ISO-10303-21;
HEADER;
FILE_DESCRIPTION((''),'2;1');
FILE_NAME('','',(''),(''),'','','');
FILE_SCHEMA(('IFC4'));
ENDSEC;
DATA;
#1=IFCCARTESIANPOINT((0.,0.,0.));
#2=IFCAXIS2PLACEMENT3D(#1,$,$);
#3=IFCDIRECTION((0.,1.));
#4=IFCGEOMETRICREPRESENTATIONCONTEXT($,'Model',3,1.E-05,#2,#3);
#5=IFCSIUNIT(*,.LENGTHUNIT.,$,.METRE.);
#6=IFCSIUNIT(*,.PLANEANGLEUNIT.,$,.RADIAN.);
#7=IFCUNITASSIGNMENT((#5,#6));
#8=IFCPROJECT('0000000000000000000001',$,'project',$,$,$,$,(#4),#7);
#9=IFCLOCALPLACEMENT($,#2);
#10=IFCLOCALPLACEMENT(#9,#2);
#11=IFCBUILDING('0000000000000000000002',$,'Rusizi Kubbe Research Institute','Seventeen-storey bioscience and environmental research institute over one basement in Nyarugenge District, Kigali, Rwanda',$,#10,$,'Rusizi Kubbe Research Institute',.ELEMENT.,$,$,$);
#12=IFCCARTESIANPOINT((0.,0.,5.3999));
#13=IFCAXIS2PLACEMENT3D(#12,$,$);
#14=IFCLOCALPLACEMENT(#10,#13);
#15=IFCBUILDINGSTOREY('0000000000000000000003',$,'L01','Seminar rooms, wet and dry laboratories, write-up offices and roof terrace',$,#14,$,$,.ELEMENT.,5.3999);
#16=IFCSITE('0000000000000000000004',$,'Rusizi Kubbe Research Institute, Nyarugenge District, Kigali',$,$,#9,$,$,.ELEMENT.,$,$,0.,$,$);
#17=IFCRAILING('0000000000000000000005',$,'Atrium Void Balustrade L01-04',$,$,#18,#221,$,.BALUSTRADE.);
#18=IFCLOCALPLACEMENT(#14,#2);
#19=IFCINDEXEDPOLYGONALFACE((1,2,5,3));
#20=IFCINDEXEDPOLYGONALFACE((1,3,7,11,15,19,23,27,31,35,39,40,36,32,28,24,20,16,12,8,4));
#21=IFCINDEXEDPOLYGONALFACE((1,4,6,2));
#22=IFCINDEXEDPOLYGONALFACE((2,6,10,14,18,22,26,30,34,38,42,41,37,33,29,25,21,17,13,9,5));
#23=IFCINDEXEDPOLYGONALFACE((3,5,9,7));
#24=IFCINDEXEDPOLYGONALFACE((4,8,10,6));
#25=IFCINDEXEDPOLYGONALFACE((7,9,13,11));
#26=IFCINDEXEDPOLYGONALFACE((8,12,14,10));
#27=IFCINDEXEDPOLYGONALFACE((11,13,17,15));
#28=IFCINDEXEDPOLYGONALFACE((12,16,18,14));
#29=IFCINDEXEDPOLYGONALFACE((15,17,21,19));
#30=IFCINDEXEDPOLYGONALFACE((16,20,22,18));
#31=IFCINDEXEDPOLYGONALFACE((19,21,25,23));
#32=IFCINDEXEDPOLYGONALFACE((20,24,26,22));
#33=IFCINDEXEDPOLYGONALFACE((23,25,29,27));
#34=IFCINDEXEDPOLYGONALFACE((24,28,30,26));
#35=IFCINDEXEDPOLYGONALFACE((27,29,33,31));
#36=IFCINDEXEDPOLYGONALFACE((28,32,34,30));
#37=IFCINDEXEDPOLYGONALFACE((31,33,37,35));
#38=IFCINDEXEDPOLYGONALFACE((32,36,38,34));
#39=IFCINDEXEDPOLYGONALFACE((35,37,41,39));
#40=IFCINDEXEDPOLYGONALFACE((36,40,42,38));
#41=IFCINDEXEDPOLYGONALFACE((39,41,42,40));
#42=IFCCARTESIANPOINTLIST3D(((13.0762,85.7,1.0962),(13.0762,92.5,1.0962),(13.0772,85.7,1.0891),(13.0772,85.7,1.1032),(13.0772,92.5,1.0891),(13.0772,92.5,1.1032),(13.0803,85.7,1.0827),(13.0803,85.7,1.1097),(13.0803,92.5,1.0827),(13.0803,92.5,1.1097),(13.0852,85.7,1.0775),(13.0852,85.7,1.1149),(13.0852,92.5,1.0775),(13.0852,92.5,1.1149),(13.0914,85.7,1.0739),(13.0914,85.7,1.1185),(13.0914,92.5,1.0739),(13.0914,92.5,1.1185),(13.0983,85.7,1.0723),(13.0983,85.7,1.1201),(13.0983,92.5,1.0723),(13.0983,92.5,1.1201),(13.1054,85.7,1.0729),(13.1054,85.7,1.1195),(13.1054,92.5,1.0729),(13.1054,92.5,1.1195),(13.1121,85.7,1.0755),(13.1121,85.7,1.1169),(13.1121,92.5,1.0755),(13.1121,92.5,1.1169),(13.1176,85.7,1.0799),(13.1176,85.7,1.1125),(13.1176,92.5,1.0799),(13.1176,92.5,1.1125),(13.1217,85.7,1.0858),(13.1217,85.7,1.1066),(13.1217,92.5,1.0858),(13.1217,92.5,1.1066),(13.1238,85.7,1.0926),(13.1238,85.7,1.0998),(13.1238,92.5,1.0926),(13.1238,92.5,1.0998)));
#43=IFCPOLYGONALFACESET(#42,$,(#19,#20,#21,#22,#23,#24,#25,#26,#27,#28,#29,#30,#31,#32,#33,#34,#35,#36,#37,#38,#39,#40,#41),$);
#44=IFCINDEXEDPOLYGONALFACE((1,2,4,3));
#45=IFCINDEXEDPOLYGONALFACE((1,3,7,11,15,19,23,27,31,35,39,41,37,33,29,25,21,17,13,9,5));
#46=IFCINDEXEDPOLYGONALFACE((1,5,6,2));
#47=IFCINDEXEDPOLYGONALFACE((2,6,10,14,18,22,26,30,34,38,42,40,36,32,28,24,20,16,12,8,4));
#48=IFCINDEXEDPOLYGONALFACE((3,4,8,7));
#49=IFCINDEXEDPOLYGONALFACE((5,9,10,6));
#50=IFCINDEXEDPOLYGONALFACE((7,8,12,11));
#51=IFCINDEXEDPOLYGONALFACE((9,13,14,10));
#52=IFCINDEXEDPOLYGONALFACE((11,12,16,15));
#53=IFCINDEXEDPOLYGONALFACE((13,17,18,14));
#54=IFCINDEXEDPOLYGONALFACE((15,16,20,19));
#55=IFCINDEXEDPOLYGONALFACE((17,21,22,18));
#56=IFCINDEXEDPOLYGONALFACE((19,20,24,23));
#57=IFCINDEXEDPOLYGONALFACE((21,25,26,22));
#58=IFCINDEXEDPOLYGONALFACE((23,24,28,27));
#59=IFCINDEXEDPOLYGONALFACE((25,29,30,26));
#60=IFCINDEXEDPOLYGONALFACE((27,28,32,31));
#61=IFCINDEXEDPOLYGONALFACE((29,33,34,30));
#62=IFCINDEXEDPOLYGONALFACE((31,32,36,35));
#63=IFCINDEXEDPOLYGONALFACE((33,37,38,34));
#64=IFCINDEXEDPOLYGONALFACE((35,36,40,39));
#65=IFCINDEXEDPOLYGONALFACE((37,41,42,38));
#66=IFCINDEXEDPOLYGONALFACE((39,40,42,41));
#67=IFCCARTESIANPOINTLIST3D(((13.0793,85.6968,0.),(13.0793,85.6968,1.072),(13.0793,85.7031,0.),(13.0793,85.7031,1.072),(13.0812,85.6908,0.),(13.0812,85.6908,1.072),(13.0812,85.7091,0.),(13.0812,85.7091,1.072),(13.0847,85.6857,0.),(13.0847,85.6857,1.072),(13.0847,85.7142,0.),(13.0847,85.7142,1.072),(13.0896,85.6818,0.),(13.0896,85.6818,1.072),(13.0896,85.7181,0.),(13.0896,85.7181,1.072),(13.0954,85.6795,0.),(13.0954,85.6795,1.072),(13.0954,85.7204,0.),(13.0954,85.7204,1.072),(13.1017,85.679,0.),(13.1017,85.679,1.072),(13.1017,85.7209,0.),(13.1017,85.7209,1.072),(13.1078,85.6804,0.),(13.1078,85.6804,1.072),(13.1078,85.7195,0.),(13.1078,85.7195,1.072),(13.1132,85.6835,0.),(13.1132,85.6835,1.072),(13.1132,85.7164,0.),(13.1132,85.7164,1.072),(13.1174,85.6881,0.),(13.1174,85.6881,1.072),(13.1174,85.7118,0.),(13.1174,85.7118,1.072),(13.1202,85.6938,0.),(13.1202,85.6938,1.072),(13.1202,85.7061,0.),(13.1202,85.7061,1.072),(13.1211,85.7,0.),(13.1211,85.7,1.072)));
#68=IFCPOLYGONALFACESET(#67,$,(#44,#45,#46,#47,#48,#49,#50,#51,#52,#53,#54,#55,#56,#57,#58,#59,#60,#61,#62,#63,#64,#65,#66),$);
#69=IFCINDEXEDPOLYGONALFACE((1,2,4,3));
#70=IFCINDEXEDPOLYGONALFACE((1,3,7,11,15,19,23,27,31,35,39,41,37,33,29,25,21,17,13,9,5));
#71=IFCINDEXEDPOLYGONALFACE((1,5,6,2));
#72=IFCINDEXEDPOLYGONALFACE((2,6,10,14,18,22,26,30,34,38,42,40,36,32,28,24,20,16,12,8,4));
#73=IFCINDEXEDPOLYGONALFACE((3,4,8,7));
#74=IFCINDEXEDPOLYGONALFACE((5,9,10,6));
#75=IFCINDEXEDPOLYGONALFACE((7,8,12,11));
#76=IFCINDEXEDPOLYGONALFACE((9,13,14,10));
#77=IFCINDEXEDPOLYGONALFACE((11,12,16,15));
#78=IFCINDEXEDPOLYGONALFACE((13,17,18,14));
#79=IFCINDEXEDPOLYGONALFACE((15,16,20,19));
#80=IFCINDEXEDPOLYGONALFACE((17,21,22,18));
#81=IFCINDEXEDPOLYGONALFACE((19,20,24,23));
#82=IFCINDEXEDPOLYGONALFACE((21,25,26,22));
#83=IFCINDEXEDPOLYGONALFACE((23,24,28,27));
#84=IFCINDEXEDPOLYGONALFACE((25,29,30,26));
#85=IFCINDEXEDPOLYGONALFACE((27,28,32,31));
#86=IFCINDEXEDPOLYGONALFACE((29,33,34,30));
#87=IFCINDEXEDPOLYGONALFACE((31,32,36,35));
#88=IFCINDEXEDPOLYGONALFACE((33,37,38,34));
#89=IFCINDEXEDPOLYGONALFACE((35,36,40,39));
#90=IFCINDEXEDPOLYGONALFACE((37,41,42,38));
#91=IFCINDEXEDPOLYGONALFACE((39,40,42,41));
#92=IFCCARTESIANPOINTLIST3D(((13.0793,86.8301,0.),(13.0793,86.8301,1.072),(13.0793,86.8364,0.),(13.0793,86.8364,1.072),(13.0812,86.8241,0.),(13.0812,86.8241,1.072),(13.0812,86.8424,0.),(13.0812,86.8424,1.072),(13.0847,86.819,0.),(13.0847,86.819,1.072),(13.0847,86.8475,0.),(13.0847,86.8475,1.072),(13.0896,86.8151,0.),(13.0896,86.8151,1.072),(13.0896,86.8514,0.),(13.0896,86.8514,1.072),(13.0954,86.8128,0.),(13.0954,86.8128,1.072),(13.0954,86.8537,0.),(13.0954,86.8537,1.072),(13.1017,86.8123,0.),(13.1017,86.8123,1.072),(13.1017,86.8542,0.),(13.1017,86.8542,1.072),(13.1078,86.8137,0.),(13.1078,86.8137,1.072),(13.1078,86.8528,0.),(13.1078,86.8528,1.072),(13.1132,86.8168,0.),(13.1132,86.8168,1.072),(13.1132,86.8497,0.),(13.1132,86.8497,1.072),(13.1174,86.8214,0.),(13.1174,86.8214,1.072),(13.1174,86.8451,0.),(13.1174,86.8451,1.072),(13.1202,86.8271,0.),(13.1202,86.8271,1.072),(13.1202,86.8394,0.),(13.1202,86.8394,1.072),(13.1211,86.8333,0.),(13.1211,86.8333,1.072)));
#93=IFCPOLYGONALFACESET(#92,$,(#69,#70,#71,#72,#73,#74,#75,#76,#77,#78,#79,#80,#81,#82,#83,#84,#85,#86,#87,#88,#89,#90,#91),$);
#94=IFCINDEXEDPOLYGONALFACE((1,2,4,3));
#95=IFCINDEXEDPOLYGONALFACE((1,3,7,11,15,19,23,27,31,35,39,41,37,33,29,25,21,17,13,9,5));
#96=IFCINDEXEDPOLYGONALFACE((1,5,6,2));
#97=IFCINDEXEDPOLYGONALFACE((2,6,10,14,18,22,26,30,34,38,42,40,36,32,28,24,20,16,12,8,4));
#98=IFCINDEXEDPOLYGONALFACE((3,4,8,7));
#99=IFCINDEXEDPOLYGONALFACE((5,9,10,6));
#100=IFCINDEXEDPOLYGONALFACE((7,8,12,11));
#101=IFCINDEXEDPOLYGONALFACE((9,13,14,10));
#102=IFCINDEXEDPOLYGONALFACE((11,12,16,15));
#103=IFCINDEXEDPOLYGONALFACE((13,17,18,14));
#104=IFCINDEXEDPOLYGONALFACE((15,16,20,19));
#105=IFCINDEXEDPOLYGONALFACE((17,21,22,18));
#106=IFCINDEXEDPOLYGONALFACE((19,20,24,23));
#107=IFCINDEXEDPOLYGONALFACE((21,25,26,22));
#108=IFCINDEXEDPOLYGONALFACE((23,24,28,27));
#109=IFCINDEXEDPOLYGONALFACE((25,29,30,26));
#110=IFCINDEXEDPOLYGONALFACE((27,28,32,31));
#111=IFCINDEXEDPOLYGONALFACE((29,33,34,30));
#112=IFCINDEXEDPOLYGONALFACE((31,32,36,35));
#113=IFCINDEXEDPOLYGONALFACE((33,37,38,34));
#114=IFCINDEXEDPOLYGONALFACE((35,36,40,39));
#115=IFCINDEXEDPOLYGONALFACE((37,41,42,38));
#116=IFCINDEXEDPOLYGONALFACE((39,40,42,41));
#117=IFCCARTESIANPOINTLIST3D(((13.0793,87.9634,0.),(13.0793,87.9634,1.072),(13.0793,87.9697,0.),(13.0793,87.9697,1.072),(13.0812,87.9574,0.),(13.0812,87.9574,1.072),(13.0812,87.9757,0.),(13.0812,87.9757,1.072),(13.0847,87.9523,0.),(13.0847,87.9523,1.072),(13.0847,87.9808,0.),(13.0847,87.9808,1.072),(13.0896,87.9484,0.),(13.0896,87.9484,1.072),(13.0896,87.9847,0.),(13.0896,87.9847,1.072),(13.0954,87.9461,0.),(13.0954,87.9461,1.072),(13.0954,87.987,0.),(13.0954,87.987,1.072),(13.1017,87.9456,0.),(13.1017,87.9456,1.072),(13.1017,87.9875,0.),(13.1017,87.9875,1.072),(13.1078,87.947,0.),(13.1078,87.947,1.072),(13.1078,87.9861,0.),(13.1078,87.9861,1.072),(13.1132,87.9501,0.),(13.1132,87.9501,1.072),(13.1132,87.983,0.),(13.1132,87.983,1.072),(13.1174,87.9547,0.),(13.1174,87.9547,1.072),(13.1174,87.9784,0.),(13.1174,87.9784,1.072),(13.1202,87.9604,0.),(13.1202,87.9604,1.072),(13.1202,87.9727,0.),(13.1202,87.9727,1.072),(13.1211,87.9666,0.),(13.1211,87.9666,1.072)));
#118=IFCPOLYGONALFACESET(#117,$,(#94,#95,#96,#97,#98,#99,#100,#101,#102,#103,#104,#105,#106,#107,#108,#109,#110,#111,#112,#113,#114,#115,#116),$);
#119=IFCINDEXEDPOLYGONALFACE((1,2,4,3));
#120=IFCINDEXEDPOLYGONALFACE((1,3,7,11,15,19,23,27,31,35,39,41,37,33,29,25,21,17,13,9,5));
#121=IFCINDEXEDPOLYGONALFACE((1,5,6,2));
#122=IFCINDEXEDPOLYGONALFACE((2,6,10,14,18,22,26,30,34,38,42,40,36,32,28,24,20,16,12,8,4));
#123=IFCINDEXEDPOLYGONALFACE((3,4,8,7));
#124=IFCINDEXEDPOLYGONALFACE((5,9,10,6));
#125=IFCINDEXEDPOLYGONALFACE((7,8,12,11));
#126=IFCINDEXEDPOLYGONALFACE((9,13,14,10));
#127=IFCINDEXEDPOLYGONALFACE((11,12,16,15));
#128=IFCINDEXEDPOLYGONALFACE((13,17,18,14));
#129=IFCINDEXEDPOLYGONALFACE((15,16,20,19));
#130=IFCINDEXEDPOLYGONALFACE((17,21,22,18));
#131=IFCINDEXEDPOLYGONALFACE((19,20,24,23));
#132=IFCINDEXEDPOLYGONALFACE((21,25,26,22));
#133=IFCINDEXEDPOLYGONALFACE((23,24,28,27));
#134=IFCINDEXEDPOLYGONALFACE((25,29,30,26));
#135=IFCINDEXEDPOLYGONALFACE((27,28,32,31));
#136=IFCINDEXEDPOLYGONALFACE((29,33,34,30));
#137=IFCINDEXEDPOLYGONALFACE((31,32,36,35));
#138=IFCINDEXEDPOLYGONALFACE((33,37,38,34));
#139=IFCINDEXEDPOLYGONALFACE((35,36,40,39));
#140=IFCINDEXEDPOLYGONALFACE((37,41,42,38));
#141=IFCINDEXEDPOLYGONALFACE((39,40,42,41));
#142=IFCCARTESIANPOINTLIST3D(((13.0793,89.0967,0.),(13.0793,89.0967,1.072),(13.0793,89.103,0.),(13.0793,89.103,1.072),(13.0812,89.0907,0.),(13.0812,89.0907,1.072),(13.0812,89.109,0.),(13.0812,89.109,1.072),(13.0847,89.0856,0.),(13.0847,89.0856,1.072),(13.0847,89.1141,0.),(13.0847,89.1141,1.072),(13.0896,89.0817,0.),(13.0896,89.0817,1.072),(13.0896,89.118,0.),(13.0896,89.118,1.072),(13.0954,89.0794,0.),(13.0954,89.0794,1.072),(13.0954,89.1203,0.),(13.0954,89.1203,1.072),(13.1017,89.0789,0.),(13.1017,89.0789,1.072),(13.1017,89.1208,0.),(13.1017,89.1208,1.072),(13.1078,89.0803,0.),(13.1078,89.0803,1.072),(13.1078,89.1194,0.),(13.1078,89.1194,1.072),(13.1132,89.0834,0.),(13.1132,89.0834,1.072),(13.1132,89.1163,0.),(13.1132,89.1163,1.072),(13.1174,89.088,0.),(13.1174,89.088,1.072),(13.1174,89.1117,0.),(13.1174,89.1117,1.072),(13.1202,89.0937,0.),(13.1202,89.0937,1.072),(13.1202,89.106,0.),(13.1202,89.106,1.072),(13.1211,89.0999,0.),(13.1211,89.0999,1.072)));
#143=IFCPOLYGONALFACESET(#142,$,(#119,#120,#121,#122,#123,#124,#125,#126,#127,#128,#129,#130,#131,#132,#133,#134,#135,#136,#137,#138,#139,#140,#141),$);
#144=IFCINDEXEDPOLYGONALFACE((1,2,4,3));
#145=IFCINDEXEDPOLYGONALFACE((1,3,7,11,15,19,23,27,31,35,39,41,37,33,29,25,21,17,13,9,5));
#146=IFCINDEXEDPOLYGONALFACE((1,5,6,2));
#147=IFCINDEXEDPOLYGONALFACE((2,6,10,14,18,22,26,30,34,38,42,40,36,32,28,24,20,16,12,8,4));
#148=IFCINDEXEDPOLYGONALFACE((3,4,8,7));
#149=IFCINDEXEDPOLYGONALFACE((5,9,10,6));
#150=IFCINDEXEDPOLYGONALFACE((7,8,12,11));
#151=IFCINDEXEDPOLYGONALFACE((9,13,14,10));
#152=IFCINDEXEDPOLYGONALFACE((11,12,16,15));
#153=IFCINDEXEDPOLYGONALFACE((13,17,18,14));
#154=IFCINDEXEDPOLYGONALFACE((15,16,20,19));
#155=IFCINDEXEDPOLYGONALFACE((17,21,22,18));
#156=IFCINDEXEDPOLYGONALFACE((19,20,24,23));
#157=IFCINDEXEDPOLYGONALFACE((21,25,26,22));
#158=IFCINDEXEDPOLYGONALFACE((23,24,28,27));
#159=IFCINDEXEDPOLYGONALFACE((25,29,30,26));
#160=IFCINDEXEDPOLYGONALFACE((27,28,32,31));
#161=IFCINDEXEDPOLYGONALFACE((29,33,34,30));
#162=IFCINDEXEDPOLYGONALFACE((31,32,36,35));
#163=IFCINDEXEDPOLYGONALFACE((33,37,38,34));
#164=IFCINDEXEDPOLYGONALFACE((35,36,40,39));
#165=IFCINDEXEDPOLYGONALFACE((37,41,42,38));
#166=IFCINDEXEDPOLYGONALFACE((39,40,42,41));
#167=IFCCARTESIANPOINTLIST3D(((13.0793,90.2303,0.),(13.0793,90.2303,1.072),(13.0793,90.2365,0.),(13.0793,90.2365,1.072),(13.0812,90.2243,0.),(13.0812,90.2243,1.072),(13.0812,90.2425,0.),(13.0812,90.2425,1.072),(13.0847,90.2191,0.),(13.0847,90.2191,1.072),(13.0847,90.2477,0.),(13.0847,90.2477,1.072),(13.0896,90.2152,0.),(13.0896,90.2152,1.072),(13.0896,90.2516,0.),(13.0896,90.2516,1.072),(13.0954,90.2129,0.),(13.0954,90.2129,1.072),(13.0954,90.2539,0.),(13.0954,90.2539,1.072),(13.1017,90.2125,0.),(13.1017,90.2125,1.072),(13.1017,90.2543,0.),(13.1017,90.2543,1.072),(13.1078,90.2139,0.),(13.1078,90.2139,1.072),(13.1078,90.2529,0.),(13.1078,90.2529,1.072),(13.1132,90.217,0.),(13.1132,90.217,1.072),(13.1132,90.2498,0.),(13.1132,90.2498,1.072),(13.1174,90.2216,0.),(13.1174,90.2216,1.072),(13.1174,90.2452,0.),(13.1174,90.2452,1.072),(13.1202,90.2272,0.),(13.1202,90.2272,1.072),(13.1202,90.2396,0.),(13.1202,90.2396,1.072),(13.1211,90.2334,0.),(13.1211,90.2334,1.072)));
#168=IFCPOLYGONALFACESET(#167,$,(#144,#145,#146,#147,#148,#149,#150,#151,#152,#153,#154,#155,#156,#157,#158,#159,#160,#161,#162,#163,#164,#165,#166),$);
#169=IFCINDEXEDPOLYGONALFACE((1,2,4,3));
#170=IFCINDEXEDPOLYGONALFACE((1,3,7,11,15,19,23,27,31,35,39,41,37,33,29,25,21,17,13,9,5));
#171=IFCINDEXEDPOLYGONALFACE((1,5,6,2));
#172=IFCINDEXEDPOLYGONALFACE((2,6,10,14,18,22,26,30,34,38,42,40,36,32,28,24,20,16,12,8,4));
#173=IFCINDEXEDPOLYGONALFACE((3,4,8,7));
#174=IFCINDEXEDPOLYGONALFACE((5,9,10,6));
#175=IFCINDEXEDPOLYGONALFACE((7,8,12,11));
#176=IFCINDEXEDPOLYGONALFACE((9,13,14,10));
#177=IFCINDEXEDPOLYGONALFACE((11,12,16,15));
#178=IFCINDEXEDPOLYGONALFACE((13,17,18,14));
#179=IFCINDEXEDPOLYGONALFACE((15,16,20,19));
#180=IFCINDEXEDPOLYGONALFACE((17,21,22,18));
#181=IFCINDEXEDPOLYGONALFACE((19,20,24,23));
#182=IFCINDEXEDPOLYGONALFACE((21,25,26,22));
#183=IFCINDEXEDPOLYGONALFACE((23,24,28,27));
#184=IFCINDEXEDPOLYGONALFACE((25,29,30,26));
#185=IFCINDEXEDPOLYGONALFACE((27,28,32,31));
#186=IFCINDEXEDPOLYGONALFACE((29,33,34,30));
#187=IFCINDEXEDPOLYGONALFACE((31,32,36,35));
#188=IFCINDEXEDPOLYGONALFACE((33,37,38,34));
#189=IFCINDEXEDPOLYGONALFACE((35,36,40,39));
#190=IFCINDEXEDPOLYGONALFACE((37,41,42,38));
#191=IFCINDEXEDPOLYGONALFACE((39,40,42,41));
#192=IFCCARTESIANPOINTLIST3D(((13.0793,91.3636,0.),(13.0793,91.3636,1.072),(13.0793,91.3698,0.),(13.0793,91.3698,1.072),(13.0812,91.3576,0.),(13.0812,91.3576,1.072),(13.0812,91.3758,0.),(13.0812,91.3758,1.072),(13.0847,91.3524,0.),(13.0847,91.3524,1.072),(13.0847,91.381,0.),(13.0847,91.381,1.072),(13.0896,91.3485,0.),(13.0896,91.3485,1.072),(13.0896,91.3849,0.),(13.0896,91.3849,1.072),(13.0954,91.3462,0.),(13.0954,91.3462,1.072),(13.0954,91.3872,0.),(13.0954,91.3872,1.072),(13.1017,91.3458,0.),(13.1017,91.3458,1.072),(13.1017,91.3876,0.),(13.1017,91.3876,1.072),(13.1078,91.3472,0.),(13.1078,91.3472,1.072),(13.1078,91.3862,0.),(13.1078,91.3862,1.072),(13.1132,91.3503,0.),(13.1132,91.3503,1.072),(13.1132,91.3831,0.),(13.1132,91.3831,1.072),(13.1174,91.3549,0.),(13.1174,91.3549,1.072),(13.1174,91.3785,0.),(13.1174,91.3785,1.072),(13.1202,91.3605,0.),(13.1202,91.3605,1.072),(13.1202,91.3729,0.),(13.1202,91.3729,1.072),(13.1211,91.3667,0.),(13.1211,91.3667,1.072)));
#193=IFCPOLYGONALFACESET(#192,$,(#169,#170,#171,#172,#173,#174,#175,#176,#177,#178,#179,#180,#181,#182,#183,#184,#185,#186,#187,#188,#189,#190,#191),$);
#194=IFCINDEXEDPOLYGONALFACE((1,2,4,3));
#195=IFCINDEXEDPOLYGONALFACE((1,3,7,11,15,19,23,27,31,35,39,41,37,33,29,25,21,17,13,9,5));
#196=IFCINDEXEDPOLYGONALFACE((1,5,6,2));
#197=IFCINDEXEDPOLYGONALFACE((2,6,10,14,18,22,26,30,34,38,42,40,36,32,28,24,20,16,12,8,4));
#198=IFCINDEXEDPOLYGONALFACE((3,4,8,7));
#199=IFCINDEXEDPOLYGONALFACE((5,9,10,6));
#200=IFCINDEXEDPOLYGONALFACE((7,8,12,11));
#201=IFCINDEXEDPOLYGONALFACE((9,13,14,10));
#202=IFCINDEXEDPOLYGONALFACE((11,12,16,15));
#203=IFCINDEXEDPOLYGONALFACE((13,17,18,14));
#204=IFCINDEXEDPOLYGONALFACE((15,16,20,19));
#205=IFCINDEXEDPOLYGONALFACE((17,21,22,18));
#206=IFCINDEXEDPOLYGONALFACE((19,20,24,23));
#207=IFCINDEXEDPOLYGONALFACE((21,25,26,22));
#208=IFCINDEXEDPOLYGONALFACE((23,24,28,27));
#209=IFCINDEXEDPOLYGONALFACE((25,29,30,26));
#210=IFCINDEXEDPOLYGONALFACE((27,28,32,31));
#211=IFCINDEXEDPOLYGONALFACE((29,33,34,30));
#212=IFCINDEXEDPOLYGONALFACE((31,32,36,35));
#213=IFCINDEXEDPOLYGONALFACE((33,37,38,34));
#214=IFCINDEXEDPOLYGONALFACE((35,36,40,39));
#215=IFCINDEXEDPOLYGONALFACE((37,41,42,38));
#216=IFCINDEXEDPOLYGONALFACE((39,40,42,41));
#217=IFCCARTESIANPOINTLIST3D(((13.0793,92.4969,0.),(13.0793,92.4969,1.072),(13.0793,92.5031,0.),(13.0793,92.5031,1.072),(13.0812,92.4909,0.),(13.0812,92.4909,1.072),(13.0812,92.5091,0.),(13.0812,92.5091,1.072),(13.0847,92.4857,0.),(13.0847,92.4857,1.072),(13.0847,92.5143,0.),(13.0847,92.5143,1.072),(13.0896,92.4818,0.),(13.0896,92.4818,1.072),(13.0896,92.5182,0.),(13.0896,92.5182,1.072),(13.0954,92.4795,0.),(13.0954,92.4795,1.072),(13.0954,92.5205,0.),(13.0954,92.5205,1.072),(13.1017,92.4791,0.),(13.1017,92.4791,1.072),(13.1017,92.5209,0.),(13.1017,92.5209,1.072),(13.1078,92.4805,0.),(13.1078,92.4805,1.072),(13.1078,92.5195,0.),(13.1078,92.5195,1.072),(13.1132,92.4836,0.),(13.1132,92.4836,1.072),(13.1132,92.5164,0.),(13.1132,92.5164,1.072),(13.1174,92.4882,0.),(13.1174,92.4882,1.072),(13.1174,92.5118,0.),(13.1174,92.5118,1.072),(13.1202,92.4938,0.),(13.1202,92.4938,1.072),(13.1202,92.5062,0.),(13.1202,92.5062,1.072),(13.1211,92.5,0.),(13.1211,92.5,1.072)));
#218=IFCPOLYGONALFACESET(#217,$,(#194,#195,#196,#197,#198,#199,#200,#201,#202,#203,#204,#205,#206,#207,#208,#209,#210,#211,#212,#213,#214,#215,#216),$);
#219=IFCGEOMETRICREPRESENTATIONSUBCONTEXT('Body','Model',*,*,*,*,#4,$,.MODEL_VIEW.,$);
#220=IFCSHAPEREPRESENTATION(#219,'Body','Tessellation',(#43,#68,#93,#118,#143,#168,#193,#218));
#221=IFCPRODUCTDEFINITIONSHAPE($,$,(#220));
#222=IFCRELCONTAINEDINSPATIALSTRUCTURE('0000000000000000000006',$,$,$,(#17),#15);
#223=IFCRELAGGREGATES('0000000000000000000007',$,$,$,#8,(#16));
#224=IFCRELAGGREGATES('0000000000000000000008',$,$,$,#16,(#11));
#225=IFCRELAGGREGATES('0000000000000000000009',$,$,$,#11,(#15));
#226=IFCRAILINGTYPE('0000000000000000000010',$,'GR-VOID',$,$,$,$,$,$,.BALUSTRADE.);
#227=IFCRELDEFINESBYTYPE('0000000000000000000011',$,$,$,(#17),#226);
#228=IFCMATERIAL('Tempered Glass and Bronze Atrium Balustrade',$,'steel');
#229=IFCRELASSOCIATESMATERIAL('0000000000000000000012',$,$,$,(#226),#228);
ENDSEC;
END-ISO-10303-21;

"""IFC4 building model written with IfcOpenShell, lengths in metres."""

from ifc_helpers import new_model, si_unit, direction, frame, origin, origin_2d, place, context, subcontext, project, spatial, circle, extrude, material, type_object, element, save


model = new_model("IFC4")

# Units and contexts
model_context = context("Model", 3, precision=1e-05, world=origin(), true_north=direction((0.0, 1.0)))
body_context = subcontext(model_context, "Body", "Model", "MODEL_VIEW")
ifc_project = project(units=[si_unit("LENGTHUNIT", "METRE"), si_unit("PLANEANGLEUNIT", "RADIAN")], contexts=[model_context])

# Site, building, storey
site_placement = place(None, origin())
site = spatial("IfcSite", under=ifc_project, at=site_placement, Name="Rusizi Kubbe Research Institute, Nyarugenge District, Kigali", CompositionType="ELEMENT", RefElevation=0.0)
building_placement = place(site_placement, origin())
building = spatial("IfcBuilding", under=site, at=building_placement, Name="Rusizi Kubbe Research Institute", Description="Seventeen-storey bioscience and environmental research institute over one basement in Nyarugenge District, Kigali, Rwanda", LongName="Rusizi Kubbe Research Institute", CompositionType="ELEMENT")
storey_placement = place(building_placement, frame((0.0, 0.0, 5.3999)))
storey = spatial("IfcBuildingStorey", under=building, at=storey_placement, Name="L01", Description="Seminar rooms, wet and dry laboratories, write-up offices and roof terrace", CompositionType="ELEMENT", Elevation=5.3999)

# Railing
ifc_material_1 = material(Name="Tempered Glass and Bronze Atrium Balustrade", Category="steel")
railing_type = type_object("IfcRailingType", Name="GR-VOID", PredefinedType="BALUSTRADE", material=ifc_material_1)
railing_1_placement = place(storey_placement, frame((13.1001, 85.7, 0.0)))
element("IfcRailing", 1, at=railing_1_placement, inside=storey, type_object=railing_type, Name="Atrium Void Balustrade L01-04", PredefinedType="BALUSTRADE", context=body_context, shape_type="SweptSolid", body=[
    extrude(circle(Radius=0.0239, at=origin_2d()), frame((0.0, 0.0, 1.0962), z_axis=(0.0, 1.0, 0.0), x_axis=(-1.0, 0.0, 0.0)), (0.0, 0.0, 1.0), 6.8),
    extrude(circle(Radius=0.021, at=origin_2d()), origin(), (0.0, 0.0, 1.0), 1.072),
    extrude(circle(Radius=0.021, at=origin_2d()), frame((0.0, 1.1333, 0.0)), (0.0, 0.0, 1.0), 1.072),
    extrude(circle(Radius=0.021, at=origin_2d()), frame((0.0, 2.2666, 0.0)), (0.0, 0.0, 1.0), 1.072),
    extrude(circle(Radius=0.021, at=origin_2d()), frame((0.0, 3.3999, 0.0)), (0.0, 0.0, 1.0), 1.072),
    extrude(circle(Radius=0.021, at=origin_2d()), frame((0.0, 4.5334, 0.0)), (0.0, 0.0, 1.0), 1.072),
    extrude(circle(Radius=0.021, at=origin_2d()), frame((0.0, 5.6667, 0.0)), (0.0, 0.0, 1.0), 1.072),
    extrude(circle(Radius=0.021, at=origin_2d()), frame((0.0, 6.8, 0.0)), (0.0, 0.0, 1.0), 1.072),
])

save(model, "model.ifc")
